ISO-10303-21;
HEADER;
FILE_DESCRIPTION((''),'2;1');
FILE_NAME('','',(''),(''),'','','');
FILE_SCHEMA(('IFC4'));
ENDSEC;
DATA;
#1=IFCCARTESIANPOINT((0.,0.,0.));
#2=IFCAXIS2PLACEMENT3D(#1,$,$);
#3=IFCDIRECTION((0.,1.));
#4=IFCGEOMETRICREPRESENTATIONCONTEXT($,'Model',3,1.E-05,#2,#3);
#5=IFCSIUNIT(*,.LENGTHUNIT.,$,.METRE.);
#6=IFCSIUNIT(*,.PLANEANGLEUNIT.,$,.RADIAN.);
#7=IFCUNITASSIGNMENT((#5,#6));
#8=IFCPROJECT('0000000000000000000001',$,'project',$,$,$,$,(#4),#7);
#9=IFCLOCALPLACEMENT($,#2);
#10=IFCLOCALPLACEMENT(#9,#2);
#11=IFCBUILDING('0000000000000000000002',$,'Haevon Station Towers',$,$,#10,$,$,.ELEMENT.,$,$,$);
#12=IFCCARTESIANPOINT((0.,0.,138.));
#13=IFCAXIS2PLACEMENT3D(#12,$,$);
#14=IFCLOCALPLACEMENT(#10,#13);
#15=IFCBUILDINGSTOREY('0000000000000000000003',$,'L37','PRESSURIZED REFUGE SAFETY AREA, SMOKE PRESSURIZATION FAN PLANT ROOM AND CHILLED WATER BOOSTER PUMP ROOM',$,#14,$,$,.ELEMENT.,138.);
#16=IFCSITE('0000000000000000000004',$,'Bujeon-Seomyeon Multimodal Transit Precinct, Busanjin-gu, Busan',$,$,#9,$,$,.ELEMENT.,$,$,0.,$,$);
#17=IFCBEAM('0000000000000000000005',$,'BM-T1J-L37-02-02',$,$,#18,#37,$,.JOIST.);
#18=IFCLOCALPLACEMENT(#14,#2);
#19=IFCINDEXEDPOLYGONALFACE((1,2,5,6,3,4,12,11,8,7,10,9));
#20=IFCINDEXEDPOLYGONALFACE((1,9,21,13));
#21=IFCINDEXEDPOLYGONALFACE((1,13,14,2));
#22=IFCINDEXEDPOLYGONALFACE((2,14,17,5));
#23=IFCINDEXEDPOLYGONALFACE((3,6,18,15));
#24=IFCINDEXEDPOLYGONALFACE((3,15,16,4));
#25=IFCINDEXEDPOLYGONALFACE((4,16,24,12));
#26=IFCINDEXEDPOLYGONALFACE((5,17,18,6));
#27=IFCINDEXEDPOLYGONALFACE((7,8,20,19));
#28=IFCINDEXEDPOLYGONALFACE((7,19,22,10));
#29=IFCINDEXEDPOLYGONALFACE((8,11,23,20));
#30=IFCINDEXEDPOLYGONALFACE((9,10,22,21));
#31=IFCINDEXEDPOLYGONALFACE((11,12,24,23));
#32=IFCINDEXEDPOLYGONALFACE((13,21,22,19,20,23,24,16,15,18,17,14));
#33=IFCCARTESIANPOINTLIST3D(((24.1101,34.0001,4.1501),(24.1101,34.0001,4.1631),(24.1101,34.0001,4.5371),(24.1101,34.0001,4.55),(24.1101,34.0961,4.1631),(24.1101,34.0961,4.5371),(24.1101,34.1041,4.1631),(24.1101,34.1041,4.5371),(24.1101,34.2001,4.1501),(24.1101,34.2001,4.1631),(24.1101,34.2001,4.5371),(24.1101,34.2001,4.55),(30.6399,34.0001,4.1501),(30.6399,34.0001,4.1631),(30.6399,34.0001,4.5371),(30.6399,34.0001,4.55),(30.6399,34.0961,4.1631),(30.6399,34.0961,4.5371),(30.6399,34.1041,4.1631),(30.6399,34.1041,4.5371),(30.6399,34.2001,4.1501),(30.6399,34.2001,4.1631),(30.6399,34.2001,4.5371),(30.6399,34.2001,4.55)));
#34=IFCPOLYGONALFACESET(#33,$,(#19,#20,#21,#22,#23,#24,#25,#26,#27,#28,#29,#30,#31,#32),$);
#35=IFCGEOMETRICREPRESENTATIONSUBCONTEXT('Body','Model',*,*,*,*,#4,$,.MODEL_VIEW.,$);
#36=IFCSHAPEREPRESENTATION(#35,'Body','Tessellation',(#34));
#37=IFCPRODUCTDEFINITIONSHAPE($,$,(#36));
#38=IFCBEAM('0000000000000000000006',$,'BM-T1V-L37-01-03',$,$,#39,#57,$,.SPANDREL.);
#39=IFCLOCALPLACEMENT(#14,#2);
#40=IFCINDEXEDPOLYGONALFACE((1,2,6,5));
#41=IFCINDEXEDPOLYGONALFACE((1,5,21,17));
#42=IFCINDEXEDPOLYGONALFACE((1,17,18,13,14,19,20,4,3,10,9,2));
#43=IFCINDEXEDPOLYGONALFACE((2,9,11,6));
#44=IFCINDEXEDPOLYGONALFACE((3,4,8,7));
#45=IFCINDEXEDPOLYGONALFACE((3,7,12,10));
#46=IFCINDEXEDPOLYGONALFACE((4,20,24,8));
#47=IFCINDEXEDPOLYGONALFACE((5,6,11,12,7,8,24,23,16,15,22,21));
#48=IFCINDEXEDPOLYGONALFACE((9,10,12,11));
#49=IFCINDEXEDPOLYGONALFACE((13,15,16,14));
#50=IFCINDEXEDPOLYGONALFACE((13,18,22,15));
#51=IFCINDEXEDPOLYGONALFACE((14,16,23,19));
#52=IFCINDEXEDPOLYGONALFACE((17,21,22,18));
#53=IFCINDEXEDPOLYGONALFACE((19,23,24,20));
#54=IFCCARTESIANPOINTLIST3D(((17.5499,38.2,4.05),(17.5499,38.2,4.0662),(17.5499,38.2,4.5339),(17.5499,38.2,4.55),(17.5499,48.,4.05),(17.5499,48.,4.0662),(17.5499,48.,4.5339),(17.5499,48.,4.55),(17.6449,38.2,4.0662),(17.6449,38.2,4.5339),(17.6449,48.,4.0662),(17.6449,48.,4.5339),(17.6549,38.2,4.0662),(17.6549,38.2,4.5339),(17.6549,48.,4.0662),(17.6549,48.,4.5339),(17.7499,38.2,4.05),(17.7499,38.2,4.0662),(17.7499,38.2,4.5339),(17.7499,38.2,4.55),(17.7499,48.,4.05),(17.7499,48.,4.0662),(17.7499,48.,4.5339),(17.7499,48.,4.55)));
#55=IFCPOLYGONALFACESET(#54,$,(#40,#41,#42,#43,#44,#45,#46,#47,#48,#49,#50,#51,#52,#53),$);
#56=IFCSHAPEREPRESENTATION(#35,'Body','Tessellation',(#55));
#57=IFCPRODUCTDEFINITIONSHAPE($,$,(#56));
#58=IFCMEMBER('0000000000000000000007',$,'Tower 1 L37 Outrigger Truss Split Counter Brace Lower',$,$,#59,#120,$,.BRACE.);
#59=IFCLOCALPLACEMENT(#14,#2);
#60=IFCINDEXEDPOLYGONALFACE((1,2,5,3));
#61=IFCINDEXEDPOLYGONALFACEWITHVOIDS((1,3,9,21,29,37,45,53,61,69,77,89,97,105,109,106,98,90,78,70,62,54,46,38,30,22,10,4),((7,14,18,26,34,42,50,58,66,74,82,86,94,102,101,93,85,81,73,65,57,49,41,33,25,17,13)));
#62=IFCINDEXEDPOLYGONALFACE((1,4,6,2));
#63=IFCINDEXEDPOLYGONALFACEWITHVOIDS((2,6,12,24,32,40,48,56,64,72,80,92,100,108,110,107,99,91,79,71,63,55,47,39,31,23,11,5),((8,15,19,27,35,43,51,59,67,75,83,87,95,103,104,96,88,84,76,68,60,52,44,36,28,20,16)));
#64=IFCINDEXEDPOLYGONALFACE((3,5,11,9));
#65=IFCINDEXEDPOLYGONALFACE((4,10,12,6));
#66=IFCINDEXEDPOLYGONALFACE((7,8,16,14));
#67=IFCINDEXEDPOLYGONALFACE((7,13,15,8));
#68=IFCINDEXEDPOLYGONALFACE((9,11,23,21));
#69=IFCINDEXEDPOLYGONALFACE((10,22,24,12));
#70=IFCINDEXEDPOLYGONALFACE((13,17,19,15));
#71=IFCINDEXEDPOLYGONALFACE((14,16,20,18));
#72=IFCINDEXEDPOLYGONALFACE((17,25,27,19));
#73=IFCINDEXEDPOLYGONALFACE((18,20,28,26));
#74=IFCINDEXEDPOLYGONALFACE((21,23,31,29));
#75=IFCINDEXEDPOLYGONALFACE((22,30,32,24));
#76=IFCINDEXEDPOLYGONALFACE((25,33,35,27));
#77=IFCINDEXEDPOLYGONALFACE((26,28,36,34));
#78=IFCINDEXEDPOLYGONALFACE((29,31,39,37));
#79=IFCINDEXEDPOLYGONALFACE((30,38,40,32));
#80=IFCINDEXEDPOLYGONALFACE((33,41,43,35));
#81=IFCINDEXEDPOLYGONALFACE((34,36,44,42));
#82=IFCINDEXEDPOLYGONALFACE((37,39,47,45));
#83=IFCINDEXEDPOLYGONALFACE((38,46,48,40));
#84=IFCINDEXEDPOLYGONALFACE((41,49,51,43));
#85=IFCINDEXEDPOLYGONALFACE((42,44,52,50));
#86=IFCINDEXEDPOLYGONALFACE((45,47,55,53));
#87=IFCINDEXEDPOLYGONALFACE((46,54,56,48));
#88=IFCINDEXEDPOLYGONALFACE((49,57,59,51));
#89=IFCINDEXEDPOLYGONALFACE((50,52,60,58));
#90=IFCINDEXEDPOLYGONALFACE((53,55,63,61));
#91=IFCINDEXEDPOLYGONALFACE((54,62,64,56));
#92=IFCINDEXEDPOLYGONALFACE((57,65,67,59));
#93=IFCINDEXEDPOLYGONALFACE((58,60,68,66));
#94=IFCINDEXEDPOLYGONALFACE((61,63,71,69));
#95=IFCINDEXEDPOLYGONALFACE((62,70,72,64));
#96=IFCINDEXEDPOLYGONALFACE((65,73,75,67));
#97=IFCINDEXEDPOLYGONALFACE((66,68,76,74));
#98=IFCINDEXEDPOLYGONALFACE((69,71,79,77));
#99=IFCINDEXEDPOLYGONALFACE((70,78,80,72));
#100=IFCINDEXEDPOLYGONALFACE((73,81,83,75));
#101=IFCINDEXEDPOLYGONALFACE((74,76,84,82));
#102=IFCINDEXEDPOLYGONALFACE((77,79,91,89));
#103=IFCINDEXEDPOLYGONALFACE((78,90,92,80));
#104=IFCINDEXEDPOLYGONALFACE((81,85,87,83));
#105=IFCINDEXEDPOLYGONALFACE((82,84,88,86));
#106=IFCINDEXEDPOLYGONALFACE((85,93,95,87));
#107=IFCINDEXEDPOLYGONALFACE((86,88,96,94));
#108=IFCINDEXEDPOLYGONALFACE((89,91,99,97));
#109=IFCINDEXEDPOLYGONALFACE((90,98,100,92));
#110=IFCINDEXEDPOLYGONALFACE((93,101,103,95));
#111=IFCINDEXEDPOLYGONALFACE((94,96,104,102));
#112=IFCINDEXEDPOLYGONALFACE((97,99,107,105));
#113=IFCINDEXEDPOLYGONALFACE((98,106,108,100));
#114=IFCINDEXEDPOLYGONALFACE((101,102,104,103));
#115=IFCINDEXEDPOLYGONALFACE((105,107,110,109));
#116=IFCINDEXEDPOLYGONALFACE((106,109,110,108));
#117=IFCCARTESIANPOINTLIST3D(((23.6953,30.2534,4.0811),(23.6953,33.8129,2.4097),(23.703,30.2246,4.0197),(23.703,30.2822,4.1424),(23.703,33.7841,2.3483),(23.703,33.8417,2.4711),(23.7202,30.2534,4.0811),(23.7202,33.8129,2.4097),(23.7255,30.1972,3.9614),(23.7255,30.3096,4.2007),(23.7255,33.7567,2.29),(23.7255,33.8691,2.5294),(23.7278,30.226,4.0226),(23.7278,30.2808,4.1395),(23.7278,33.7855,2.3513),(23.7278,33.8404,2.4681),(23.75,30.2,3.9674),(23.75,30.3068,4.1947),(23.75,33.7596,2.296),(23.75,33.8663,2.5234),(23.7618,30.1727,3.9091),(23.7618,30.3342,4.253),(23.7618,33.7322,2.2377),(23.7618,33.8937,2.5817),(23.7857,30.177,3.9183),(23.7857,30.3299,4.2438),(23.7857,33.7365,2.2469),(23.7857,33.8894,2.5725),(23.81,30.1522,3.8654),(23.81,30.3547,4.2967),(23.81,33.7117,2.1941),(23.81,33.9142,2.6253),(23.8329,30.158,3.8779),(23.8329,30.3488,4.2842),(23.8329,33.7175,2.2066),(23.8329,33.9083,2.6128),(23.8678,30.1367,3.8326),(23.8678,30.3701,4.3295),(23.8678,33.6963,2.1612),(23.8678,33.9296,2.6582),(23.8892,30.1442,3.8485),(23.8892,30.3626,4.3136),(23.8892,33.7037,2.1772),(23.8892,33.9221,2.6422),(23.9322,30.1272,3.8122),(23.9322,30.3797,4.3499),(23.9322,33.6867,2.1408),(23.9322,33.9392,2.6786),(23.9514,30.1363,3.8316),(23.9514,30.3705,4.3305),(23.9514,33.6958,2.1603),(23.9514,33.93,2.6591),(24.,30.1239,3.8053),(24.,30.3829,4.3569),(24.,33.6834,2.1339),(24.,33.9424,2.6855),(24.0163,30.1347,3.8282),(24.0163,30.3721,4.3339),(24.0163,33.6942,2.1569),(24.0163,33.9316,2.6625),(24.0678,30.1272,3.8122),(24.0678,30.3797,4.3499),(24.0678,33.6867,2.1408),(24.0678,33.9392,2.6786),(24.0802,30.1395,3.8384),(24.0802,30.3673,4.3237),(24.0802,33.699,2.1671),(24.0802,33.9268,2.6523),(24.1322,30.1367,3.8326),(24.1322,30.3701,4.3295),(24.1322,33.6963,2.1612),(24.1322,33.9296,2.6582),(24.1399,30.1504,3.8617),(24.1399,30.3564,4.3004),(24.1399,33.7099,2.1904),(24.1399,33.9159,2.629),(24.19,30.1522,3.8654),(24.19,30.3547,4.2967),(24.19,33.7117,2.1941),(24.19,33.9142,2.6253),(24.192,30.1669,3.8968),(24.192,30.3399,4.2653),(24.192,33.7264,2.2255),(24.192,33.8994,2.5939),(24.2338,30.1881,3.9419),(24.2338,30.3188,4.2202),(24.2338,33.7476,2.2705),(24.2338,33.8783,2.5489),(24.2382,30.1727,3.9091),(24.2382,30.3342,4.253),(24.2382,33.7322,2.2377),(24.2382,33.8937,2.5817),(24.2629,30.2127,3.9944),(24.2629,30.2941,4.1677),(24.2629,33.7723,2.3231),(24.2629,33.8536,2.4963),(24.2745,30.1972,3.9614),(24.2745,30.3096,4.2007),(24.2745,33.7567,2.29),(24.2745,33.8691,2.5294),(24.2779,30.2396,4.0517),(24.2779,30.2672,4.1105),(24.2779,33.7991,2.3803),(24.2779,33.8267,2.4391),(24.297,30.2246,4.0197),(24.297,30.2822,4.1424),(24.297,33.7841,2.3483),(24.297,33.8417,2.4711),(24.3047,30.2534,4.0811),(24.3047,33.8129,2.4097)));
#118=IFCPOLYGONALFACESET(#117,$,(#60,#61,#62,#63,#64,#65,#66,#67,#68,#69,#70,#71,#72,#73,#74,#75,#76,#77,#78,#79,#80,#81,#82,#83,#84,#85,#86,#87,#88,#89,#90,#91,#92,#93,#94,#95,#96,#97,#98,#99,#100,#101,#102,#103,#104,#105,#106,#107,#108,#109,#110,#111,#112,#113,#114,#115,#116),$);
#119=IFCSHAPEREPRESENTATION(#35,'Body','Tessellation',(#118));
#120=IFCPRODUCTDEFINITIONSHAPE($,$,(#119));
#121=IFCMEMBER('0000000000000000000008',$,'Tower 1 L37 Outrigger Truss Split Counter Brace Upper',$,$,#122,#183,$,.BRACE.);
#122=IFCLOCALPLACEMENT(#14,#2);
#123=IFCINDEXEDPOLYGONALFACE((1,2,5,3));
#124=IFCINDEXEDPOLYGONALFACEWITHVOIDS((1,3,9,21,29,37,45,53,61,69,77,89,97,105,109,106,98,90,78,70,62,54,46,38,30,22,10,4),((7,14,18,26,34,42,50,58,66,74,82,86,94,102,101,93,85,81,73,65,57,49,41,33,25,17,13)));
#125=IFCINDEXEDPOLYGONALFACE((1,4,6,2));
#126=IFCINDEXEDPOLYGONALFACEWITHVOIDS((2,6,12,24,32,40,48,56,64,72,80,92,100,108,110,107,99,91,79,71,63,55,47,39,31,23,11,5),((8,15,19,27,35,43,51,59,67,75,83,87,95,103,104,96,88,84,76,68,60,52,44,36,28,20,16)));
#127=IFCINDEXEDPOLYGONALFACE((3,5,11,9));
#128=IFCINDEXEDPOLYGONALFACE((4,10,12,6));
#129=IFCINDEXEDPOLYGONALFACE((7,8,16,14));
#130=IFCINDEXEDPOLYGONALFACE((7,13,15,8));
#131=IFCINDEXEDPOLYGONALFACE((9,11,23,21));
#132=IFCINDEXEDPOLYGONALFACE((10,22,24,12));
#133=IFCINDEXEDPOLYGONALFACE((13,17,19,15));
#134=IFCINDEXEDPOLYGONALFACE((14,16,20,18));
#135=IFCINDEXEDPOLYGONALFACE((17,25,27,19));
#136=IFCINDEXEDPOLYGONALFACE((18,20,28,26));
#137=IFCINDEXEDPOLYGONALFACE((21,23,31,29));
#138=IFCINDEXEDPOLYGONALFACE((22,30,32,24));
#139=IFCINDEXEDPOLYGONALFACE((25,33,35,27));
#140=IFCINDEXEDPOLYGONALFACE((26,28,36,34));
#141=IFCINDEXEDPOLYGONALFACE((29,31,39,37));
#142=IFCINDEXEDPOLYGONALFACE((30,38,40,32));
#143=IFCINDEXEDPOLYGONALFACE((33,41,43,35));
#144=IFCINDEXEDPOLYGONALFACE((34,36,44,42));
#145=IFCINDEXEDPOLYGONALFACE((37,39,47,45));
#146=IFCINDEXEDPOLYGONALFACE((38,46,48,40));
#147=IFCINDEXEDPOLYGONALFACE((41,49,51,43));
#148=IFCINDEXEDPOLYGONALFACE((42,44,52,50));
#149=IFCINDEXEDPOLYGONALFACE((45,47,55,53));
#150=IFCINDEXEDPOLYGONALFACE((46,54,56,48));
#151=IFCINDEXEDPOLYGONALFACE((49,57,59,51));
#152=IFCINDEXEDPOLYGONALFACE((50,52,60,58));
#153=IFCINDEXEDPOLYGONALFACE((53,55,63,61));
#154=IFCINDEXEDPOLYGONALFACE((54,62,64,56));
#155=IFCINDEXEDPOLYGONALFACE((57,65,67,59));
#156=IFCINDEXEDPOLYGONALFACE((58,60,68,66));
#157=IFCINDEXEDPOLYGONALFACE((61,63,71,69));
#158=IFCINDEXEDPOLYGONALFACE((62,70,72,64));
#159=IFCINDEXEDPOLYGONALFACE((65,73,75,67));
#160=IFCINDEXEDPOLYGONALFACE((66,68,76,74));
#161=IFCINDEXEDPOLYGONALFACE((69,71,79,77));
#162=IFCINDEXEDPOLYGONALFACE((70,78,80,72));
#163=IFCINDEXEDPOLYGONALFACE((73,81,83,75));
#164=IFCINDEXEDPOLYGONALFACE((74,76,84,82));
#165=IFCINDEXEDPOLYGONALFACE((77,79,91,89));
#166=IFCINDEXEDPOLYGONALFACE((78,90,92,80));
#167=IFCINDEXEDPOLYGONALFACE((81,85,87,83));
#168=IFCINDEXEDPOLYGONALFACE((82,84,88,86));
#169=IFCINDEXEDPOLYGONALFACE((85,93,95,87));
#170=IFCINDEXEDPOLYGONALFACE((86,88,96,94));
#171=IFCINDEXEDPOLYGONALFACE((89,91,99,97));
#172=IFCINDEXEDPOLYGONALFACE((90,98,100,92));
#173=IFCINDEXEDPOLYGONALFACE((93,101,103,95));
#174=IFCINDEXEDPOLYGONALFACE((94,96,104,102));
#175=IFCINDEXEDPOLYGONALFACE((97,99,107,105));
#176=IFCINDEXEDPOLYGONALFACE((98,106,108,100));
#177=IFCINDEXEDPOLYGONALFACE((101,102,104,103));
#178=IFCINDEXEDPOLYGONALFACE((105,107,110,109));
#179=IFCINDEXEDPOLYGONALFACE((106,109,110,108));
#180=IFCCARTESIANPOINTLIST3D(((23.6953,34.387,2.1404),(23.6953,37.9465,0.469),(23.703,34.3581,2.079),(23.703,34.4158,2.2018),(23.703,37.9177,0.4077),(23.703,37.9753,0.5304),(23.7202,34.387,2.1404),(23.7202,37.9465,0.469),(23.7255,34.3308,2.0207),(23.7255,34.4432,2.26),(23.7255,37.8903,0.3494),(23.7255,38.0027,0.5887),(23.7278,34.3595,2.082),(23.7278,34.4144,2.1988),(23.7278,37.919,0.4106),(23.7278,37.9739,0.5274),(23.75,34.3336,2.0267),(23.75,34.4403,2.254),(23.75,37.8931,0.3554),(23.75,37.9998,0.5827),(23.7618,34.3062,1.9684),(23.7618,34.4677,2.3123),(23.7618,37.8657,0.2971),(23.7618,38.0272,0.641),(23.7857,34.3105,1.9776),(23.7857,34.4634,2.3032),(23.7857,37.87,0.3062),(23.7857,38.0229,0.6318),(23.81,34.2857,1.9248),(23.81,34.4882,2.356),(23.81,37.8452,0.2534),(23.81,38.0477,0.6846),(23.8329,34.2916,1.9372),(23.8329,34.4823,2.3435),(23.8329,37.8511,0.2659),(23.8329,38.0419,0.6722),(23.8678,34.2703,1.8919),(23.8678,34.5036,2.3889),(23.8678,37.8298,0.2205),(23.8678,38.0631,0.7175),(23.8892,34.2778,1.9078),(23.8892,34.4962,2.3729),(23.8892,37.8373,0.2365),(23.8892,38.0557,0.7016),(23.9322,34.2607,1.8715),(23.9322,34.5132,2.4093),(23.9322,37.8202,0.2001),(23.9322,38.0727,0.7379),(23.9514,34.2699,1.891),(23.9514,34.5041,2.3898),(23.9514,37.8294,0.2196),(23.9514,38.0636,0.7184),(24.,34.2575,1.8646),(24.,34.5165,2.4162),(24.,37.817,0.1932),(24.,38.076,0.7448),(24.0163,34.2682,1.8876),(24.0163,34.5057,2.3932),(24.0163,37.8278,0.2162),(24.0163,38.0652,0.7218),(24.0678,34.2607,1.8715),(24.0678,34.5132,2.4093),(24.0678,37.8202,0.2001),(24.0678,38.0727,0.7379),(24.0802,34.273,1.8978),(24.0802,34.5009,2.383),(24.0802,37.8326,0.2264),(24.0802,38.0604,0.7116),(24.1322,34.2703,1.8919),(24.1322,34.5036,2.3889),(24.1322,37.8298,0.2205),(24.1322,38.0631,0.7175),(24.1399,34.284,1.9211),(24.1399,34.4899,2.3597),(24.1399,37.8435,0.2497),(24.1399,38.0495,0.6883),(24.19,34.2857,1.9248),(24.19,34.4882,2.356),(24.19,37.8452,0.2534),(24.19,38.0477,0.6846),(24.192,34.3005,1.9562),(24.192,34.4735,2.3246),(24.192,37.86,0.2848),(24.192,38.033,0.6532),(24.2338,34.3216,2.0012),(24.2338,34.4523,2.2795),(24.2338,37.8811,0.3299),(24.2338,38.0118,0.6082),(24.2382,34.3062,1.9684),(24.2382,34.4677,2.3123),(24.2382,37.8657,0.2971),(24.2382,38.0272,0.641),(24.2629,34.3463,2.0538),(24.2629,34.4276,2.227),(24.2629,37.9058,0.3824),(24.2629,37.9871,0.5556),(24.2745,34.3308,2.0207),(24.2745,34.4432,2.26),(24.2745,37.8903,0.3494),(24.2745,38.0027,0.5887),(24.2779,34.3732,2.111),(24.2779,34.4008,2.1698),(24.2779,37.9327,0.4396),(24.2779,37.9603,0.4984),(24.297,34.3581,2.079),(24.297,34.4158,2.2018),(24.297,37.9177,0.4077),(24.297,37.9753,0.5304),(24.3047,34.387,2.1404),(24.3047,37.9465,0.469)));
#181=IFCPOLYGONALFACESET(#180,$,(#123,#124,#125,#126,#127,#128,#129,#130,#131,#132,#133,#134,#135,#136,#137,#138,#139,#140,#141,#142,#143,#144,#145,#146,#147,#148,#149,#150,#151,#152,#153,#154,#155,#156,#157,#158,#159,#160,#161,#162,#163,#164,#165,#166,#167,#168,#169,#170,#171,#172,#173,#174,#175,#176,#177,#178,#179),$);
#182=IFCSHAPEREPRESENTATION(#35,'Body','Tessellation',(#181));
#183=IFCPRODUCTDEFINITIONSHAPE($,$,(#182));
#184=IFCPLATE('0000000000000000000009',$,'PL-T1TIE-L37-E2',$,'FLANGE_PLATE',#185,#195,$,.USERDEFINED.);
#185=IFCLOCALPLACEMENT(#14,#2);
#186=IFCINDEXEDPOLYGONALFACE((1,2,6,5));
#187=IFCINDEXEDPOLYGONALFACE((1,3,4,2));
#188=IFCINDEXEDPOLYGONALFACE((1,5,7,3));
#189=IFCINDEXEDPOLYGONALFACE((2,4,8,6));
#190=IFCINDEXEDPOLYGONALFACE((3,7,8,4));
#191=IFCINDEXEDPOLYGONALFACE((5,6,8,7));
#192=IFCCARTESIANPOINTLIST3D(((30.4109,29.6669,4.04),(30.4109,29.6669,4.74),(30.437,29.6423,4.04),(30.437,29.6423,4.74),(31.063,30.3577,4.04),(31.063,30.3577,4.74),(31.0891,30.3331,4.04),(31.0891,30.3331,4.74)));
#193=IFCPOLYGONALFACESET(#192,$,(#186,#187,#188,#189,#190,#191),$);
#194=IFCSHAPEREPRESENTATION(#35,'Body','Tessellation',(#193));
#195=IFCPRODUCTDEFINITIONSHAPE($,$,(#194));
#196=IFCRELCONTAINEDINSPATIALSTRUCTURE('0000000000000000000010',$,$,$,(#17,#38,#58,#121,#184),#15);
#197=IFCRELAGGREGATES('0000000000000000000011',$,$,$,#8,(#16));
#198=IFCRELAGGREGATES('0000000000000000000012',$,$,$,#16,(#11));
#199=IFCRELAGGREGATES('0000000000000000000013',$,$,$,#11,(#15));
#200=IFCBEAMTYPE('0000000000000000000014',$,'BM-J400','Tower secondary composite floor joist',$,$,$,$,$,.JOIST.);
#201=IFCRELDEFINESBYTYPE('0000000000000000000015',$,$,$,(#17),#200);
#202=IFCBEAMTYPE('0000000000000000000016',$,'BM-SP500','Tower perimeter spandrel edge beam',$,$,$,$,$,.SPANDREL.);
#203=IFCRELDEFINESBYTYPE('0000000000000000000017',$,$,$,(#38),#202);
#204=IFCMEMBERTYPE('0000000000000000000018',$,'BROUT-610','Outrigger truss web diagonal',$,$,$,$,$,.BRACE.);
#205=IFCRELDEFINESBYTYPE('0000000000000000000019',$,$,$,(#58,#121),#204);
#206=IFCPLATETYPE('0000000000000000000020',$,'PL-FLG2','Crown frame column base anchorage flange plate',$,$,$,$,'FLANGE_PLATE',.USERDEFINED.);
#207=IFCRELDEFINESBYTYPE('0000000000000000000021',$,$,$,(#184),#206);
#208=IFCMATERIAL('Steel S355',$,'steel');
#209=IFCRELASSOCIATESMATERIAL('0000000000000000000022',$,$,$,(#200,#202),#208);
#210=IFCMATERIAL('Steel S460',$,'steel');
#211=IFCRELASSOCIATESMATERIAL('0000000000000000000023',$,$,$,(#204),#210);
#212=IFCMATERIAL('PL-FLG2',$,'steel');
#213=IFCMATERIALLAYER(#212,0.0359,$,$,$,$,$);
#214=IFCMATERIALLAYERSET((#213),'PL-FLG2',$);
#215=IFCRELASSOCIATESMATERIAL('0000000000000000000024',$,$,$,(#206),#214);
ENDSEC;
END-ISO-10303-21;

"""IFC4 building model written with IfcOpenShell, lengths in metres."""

from ifc_helpers import new_model, si_unit, direction, frame, origin, origin_2d, place, context, subcontext, project, spatial, rectangle, hollow_circle, i_section, extrude, material, layer, layer_set, material_profile, profile_set, type_object, element, save


model = new_model("IFC4")

# Units and contexts
model_context = context("Model", 3, precision=1e-05, world=origin(), true_north=direction((0.0, 1.0)))
body_context = subcontext(model_context, "Body", "Model", "MODEL_VIEW")
ifc_project = project(units=[si_unit("LENGTHUNIT", "METRE"), si_unit("PLANEANGLEUNIT", "RADIAN")], contexts=[model_context])

# Site, building, storey
site_placement = place(None, origin())
site = spatial("IfcSite", under=ifc_project, at=site_placement, Name="Bujeon-Seomyeon Multimodal Transit Precinct, Busanjin-gu, Busan", CompositionType="ELEMENT", RefElevation=0.0)
building_placement = place(site_placement, origin())
building = spatial("IfcBuilding", under=site, at=building_placement, Name="Haevon Station Towers", CompositionType="ELEMENT")
storey_placement = place(building_placement, frame((0.0, 0.0, 138.0)))
storey = spatial("IfcBuildingStorey", under=building, at=storey_placement, Name="L37", Description="PRESSURIZED REFUGE SAFETY AREA, SMOKE PRESSURIZATION FAN PLANT ROOM AND CHILLED WATER BOOSTER PUMP ROOM", CompositionType="ELEMENT", Elevation=138.0)

# Shared definitions
ifc_material_1 = material(Name="Steel S460", Category="steel")

# Beams
ifc_material_2 = material(Name="Steel S355", Category="steel")
ifc_material_profile_1 = material_profile(ifc_material_2, i_section(OverallWidth=0.2, OverallDepth=0.3999, WebThickness=0.0081, FlangeThickness=0.0129, at=origin_2d()), Name="H-400x200x8x13")
ifc_profile_set_1 = profile_set([ifc_material_profile_1], Name="Steel S355")
beam_type_1 = type_object("IfcBeamType", Name="BM-J400", Description="Tower secondary composite floor joist", PredefinedType="JOIST", material=ifc_profile_set_1)
beam_1_placement = place(storey_placement, frame((24.1101, 34.1001, 4.3501), z_axis=(1.0, 0.0, 0.0), x_axis=(0.0, 1.0, 0.0)))
element("IfcBeam", 1, at=beam_1_placement, inside=storey, type_object=beam_type_1, Name="BM-T1J-L37-02-02", PredefinedType="JOIST", context=body_context, shape_type="SweptSolid", body=[
    extrude(i_section(OverallWidth=0.2, OverallDepth=0.3999, WebThickness=0.0081, FlangeThickness=0.0129, at=origin_2d()), origin(), (0.0, 0.0, 1.0), 6.5298),
])
ifc_material_profile_2 = material_profile(ifc_material_2, i_section(OverallWidth=0.2, OverallDepth=0.5, WebThickness=0.01, FlangeThickness=0.0161, at=origin_2d()), Name="H-500x200x10x16")
ifc_profile_set_2 = profile_set([ifc_material_profile_2], Name="Steel S355")
beam_type_2 = type_object("IfcBeamType", Name="BM-SP500", Description="Tower perimeter spandrel edge beam", PredefinedType="SPANDREL", material=ifc_profile_set_2)
beam_2_placement = place(storey_placement, frame((17.6499, 38.2, 4.3), z_axis=(0.0, 1.0, 0.0), x_axis=(-1.0, 0.0, 0.0)))
element("IfcBeam", 2, at=beam_2_placement, inside=storey, type_object=beam_type_2, Name="BM-T1V-L37-01-03", PredefinedType="SPANDREL", context=body_context, shape_type="SweptSolid", body=[
    extrude(i_section(OverallWidth=0.2, OverallDepth=0.5, WebThickness=0.01, FlangeThickness=0.0161, at=origin_2d()), origin(), (0.0, 0.0, 1.0), 9.8),
])

# Members
ifc_material_profile_3 = material_profile(ifc_material_1, hollow_circle(Radius=0.3047, WallThickness=0.0249, at=origin_2d()), Name="CHS-609.6x25")
ifc_profile_set_3 = profile_set([ifc_material_profile_3], Name="Steel S460")
member_type = type_object("IfcMemberType", Name="BROUT-610", Description="Outrigger truss web diagonal", PredefinedType="BRACE", material=ifc_profile_set_3)
for number, where, z_axis, x_axis, name in (
    (3, (24.0, 30.2534, 4.0811), (0.0, 0.905181, -0.425025), (-1.0, 0.0, 0.0), "Tower 1 L37 Outrigger Truss Split Counter Brace Lower"),
    (4, (24.0, 34.387, 2.1404), (0.0, 0.905181, -0.425025), (-1.0, 0.0, 0.0), "Tower 1 L37 Outrigger Truss Split Counter Brace Upper"),
):
    element("IfcMember", number, at=place(storey_placement, frame(where, z_axis=z_axis, x_axis=x_axis)), inside=storey, type_object=member_type, Name=name, PredefinedType="BRACE", context=body_context, shape_type="SweptSolid", body=[
        extrude(hollow_circle(Radius=0.3047, WallThickness=0.0249, at=origin_2d()), origin(), (0.0, 0.0, 1.0), 3.9324),
    ])

# Plate
ifc_material_3 = material(Name="PL-FLG2", Category="steel")
ifc_layer_1 = layer(ifc_material_3, 0.0359)
ifc_layer_set_1 = layer_set([ifc_layer_1], Name="PL-FLG2")
plate_type_1 = type_object("IfcPlateType", Name="PL-FLG2", Description="Crown frame column base anchorage flange plate", ElementType="FLANGE_PLATE", PredefinedType="USERDEFINED", material=ifc_layer_set_1)
plate_placement = place(storey_placement, frame((30.75, 30.0, 4.04), z_axis=(0.0, 0.0, 1.0), x_axis=(0.686475, 0.727154, 0.0)))
element("IfcPlate", 5, at=plate_placement, inside=storey, type_object=plate_type_1, Name="PL-T1TIE-L37-E2", ObjectType="FLANGE_PLATE", PredefinedType="USERDEFINED", context=body_context, shape_type="SweptSolid", body=[
    extrude(rectangle(XDim=0.95, YDim=0.0359, at=origin_2d()), origin(), (0.0, 0.0, 1.0), 0.7),
])

save(model, "model.ifc")
